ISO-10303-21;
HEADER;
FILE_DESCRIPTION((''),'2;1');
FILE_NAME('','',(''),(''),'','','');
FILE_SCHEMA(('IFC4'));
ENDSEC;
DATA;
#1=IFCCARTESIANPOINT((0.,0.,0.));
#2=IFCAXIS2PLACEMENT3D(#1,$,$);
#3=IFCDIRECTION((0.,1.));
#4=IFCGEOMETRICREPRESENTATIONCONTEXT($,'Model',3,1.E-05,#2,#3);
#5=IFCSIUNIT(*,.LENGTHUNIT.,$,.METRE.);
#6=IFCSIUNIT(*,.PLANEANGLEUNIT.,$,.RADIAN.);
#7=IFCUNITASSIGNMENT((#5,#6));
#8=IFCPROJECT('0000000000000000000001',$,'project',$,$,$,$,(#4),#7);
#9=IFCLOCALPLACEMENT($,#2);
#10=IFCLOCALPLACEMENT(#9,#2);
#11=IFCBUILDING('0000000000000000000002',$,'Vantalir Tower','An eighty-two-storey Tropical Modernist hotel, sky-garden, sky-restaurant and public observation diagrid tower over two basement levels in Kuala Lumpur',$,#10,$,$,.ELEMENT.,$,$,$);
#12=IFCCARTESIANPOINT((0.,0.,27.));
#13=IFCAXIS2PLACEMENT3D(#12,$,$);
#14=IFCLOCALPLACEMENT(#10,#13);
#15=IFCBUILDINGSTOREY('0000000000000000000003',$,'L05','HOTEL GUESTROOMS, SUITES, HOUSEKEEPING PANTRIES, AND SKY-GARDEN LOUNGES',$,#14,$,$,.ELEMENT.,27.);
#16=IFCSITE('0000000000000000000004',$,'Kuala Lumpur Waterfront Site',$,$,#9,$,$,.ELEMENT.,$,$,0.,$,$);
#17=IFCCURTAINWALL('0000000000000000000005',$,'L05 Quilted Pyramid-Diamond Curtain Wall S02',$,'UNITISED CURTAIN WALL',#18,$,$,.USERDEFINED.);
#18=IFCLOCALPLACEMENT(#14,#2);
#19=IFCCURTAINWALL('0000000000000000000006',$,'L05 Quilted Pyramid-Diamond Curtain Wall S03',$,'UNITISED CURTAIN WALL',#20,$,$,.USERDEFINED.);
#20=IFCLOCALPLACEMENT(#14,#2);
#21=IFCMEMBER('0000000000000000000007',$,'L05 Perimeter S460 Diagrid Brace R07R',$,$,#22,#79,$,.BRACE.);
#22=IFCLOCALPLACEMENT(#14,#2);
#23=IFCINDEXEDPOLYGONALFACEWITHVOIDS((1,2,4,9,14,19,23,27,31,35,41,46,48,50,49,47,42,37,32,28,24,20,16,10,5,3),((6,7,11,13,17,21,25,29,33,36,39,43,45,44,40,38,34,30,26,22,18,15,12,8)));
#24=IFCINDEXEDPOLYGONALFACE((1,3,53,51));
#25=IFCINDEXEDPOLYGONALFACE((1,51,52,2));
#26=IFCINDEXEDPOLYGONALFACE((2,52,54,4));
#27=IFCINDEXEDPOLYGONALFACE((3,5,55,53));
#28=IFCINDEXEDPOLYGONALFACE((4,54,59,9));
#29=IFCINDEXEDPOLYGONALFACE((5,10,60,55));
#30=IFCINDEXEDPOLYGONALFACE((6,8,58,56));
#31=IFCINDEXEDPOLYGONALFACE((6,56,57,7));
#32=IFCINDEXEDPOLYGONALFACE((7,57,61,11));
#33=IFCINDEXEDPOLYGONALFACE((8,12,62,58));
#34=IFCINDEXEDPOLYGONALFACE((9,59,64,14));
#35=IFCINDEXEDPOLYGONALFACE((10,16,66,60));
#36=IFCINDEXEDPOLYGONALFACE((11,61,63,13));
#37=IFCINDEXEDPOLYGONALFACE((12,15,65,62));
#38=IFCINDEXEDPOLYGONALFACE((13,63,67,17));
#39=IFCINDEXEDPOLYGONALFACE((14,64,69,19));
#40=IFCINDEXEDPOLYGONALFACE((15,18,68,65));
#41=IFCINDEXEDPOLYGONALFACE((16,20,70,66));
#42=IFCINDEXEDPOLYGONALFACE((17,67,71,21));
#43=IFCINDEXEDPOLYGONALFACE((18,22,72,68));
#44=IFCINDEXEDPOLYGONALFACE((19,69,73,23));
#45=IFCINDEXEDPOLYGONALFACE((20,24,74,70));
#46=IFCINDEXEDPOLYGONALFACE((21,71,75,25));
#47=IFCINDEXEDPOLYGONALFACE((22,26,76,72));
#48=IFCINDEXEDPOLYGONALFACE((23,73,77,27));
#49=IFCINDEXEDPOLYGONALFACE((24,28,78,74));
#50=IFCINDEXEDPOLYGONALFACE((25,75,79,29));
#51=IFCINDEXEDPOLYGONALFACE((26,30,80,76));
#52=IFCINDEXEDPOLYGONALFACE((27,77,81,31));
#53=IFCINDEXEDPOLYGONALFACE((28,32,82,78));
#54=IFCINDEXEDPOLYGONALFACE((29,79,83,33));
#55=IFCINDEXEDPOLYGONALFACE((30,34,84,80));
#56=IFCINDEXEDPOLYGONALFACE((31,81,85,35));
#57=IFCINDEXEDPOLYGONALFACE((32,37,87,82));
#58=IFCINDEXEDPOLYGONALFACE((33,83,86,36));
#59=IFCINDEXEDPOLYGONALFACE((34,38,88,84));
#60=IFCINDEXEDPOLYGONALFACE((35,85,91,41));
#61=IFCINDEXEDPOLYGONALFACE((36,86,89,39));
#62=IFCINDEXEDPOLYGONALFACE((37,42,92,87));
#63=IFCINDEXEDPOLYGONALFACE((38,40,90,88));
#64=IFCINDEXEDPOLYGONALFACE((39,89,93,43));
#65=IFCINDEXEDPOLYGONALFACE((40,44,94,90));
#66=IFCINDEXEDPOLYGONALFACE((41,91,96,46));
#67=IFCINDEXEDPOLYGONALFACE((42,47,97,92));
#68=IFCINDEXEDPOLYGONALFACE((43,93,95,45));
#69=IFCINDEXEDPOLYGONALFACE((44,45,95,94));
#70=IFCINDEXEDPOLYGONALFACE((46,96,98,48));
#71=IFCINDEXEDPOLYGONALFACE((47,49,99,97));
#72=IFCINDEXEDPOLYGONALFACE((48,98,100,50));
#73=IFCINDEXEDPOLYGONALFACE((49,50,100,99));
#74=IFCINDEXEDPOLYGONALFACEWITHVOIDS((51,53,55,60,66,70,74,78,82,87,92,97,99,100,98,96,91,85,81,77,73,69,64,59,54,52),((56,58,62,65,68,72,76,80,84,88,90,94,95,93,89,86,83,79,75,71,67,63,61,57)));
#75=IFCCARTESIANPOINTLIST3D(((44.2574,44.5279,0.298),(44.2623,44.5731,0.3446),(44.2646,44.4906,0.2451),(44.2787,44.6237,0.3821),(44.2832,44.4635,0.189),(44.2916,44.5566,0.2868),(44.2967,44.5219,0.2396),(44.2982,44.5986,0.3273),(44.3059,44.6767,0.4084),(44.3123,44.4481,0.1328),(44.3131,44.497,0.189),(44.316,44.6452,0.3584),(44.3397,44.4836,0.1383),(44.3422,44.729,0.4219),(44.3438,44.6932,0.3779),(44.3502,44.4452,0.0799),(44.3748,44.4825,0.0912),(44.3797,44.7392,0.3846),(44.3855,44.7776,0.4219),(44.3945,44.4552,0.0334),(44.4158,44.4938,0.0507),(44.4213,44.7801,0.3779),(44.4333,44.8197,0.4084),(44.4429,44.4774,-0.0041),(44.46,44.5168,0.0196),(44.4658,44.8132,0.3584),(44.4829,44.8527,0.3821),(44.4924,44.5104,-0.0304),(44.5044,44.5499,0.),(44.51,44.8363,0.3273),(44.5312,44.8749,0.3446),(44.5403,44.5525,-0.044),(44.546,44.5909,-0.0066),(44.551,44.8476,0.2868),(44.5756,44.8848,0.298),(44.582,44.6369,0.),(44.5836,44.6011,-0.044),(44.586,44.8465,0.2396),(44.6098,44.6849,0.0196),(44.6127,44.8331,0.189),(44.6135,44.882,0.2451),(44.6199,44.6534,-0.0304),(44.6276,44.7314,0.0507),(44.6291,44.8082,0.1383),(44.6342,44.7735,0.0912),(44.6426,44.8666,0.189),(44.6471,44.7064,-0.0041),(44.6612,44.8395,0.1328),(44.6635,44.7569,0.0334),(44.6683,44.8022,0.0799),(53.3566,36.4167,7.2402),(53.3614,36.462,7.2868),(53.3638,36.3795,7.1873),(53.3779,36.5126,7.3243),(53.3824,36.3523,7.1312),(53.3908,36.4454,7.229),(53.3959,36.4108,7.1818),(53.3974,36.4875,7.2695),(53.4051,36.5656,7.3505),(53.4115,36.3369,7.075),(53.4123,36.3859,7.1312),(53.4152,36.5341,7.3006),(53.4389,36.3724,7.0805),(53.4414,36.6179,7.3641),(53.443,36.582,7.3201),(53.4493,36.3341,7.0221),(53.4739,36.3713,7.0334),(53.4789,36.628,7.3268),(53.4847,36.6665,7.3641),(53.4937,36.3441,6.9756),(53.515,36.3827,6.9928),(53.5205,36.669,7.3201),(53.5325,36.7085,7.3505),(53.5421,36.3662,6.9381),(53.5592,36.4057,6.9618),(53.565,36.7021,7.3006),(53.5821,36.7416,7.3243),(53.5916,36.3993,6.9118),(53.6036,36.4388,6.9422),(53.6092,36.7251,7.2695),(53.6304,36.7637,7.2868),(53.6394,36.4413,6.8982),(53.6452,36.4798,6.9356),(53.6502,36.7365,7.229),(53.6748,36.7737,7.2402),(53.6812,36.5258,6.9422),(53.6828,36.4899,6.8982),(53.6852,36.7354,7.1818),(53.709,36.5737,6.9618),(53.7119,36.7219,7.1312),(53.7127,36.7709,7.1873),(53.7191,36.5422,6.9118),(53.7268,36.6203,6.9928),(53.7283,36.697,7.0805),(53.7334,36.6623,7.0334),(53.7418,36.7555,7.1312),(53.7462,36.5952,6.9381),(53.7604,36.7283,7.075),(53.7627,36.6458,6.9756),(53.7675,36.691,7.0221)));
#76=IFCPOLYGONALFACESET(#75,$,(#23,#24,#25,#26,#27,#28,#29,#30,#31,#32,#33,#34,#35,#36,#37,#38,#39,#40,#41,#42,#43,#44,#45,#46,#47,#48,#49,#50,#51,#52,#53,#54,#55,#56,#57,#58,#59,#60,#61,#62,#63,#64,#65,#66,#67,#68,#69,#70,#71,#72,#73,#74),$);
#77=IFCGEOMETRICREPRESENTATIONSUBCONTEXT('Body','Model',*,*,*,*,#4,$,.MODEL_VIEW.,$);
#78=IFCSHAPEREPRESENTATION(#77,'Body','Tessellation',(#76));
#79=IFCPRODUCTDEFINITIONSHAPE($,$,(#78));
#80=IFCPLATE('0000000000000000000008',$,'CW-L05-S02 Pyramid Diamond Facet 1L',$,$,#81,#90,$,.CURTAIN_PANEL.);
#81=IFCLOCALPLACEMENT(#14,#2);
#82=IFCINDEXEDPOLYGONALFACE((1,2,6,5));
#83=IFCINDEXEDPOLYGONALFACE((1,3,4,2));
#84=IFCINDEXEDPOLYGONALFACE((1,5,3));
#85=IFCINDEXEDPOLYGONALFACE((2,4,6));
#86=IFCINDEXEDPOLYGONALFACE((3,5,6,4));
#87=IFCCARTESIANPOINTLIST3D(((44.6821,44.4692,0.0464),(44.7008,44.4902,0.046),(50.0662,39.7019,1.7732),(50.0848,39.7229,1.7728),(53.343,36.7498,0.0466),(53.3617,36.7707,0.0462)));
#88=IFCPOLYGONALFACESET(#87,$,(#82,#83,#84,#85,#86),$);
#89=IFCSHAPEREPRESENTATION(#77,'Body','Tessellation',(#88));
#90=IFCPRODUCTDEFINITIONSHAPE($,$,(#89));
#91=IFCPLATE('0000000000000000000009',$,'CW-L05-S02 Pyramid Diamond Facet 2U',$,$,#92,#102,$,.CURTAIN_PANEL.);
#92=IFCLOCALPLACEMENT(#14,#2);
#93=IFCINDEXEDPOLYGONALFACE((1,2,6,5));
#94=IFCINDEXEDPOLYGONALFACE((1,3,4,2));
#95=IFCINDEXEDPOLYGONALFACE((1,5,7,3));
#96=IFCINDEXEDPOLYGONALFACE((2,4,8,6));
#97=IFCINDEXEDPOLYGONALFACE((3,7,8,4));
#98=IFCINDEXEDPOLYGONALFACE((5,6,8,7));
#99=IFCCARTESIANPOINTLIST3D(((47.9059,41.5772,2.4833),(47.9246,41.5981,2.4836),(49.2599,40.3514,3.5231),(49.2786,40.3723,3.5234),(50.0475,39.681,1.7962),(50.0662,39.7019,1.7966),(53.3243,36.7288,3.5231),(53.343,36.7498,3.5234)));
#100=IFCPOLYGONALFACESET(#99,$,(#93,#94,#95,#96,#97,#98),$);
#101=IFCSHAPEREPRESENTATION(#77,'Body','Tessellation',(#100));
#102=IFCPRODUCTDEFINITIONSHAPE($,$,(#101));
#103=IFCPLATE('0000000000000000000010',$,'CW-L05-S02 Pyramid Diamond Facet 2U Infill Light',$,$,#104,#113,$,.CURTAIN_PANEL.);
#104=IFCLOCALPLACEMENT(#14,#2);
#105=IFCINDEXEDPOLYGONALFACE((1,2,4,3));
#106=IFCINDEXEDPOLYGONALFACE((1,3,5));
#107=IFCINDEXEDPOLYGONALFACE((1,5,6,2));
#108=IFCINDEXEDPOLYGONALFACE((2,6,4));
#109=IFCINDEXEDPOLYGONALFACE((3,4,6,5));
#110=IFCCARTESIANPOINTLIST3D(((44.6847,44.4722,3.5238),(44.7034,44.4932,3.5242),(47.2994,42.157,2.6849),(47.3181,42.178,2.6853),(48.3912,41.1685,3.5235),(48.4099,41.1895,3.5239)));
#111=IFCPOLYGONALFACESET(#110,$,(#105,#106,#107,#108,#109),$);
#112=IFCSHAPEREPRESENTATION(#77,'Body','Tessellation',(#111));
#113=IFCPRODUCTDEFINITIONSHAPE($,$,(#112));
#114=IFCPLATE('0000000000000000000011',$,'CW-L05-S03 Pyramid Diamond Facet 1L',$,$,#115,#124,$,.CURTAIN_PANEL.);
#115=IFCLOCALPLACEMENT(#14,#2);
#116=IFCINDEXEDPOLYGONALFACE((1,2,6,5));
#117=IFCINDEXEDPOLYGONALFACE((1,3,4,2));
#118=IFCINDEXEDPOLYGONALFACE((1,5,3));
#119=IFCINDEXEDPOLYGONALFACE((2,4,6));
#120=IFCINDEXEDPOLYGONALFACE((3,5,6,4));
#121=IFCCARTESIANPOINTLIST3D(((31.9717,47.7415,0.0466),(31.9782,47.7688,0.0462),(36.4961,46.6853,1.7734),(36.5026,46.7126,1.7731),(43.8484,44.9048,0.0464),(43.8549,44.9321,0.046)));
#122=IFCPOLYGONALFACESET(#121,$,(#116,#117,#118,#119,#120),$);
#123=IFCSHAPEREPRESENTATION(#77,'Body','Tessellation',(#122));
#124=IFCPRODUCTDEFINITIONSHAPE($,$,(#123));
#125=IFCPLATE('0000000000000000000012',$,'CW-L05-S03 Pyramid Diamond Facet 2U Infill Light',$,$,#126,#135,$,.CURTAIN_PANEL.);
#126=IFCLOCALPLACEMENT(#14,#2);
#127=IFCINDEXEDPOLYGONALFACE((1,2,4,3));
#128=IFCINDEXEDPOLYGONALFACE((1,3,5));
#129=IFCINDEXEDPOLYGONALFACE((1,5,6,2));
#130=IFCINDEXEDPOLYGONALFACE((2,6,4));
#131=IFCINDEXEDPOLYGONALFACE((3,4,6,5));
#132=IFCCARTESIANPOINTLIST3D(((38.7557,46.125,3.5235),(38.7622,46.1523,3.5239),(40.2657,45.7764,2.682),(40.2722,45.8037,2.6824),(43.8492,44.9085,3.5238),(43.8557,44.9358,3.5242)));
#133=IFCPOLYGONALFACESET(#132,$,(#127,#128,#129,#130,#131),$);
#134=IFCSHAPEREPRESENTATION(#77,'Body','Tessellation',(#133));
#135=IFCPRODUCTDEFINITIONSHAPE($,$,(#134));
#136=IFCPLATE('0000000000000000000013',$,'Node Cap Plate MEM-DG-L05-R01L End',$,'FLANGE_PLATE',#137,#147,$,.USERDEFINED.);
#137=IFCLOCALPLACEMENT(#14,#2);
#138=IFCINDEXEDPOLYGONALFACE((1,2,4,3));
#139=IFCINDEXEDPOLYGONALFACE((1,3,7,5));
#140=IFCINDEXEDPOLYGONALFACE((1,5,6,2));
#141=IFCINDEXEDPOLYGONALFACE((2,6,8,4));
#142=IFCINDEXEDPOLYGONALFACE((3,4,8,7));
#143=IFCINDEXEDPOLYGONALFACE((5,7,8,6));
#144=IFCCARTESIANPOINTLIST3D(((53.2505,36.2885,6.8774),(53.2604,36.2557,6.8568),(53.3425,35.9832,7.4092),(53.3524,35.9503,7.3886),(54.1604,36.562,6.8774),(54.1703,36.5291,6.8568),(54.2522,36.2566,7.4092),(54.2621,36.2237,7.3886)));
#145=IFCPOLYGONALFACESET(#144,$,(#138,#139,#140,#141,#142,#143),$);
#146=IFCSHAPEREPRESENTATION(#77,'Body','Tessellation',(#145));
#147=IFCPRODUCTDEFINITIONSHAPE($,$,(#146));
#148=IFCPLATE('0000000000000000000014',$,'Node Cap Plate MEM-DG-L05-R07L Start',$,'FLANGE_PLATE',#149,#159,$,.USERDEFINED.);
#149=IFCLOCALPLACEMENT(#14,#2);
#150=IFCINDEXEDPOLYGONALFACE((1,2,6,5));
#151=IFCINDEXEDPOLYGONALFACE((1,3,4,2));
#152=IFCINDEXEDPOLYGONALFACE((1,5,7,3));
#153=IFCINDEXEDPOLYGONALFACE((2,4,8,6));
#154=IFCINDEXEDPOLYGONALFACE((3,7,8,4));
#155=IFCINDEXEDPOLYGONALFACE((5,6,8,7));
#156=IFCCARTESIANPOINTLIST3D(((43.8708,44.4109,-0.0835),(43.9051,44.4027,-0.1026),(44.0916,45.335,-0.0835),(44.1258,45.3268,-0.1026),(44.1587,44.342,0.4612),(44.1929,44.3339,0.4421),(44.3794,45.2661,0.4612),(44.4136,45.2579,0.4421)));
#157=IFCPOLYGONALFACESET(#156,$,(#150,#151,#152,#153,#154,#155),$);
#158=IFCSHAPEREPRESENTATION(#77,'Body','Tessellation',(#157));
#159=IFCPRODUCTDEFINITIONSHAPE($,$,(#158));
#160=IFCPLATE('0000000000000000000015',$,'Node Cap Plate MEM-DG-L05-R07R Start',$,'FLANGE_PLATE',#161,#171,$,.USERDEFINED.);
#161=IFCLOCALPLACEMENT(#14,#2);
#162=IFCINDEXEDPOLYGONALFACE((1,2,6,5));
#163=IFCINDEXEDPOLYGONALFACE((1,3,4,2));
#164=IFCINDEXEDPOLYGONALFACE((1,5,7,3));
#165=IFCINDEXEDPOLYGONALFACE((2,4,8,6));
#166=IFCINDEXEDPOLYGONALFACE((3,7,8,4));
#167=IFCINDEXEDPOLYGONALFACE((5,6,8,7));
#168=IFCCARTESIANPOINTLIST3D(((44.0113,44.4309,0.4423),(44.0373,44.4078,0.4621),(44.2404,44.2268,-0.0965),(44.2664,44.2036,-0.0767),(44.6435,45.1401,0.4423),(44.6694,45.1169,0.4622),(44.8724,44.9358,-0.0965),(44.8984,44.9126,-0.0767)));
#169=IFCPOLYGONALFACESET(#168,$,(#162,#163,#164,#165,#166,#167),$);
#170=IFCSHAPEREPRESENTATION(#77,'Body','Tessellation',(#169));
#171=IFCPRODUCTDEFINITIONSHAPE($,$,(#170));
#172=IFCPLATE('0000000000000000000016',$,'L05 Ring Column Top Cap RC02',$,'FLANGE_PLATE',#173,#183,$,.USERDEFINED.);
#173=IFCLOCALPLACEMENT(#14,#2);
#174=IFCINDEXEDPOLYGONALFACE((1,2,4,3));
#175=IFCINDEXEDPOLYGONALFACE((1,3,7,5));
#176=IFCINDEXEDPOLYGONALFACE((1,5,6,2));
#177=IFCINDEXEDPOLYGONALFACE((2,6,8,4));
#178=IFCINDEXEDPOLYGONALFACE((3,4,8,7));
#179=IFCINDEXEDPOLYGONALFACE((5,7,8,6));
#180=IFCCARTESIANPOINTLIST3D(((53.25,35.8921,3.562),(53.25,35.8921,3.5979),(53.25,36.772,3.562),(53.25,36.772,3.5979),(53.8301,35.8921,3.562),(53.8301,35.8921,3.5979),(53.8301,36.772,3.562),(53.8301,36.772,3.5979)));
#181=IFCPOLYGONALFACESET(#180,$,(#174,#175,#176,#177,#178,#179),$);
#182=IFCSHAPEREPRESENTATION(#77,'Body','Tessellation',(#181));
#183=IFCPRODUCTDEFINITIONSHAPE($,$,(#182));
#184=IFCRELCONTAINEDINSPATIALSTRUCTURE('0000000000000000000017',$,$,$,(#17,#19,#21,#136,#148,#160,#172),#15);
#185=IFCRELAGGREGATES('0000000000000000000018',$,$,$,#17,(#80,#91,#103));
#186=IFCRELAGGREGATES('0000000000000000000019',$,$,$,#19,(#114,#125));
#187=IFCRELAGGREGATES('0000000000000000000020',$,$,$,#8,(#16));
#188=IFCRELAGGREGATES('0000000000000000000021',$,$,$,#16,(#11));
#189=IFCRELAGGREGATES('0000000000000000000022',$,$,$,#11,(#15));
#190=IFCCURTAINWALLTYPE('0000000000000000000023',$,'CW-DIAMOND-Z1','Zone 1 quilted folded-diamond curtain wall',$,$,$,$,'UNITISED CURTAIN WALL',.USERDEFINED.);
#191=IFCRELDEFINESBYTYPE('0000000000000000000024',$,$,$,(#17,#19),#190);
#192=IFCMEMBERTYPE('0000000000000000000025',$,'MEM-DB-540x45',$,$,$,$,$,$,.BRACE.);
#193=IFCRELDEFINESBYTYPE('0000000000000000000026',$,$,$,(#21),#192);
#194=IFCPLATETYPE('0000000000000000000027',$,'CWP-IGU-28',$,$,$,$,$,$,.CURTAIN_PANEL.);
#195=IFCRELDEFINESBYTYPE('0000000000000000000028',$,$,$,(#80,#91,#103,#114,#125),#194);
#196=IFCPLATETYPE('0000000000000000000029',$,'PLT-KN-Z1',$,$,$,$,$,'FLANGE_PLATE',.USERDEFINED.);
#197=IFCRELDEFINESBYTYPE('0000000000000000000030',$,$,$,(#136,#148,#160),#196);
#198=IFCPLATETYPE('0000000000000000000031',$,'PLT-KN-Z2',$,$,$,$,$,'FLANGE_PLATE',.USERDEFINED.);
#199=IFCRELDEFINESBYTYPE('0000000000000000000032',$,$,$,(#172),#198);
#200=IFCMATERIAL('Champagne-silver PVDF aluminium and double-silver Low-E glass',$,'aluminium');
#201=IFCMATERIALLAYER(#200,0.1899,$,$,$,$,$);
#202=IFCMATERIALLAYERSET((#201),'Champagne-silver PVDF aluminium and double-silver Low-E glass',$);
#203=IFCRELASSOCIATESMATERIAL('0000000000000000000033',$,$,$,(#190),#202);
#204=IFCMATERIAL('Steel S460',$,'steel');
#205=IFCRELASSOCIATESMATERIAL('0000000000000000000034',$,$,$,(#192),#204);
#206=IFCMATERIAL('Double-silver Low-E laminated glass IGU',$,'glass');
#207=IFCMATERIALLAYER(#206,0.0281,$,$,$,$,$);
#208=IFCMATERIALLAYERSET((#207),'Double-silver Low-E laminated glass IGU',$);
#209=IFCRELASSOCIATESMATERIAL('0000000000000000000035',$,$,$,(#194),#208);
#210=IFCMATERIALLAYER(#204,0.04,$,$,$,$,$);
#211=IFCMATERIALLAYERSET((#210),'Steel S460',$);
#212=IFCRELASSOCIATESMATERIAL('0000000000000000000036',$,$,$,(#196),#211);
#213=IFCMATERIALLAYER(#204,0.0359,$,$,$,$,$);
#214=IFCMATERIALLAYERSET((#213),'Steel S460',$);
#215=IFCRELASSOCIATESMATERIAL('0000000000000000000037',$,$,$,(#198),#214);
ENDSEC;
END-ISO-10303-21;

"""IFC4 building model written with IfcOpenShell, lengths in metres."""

from ifc_helpers import new_model, si_unit, direction, frame, origin, origin_2d, place, context, subcontext, project, spatial, polyline, hollow_circle, outline, extrude, material, layer, layer_set, material_profile, profile_set, type_object, element, aggregate, save


model = new_model("IFC4")

# Units and contexts
model_context = context("Model", 3, precision=1e-05, world=origin(), true_north=direction((0.0, 1.0)))
body_context = subcontext(model_context, "Body", "Model", "MODEL_VIEW")
ifc_project = project(units=[si_unit("LENGTHUNIT", "METRE"), si_unit("PLANEANGLEUNIT", "RADIAN")], contexts=[model_context])

# Site, building, storey
site_placement = place(None, origin())
site = spatial("IfcSite", under=ifc_project, at=site_placement, Name="Kuala Lumpur Waterfront Site", CompositionType="ELEMENT", RefElevation=0.0)
building_placement = place(site_placement, origin())
building = spatial("IfcBuilding", under=site, at=building_placement, Name="Vantalir Tower", Description="An eighty-two-storey Tropical Modernist hotel, sky-garden, sky-restaurant and public observation diagrid tower over two basement levels in Kuala Lumpur", CompositionType="ELEMENT")
storey_placement = place(building_placement, frame((0.0, 0.0, 27.0)))
storey = spatial("IfcBuildingStorey", under=building, at=storey_placement, Name="L05", Description="HOTEL GUESTROOMS, SUITES, HOUSEKEEPING PANTRIES, AND SKY-GARDEN LOUNGES", CompositionType="ELEMENT", Elevation=27.0)

# Shared definitions
ifc_material_1 = material(Name="Steel S460", Category="steel")

# Curtain wall
ifc_material_2 = material(Name="Champagne-silver PVDF aluminium and double-silver Low-E glass", Category="aluminium")
ifc_layer_1 = layer(ifc_material_2, 0.1899)
ifc_layer_set_1 = layer_set([ifc_layer_1], Name="Champagne-silver PVDF aluminium and double-silver Low-E glass")
curtain_wall_type = type_object("IfcCurtainWallType", Name="CW-DIAMOND-Z1", Description="Zone 1 quilted folded-diamond curtain wall", ElementType="UNITISED CURTAIN WALL", PredefinedType="USERDEFINED", material=ifc_layer_set_1)
curtain_wall_1_placement = place(storey_placement, origin())
curtain_wall_1 = element("IfcCurtainWall", 1, at=curtain_wall_1_placement, inside=storey, type_object=curtain_wall_type, Name="L05 Quilted Pyramid-Diamond Curtain Wall S02", ObjectType="UNITISED CURTAIN WALL", PredefinedType="USERDEFINED")

# Curtain wall
curtain_wall_2_placement = place(storey_placement, origin())
curtain_wall_2 = element("IfcCurtainWall", 2, at=curtain_wall_2_placement, inside=storey, type_object=curtain_wall_type, Name="L05 Quilted Pyramid-Diamond Curtain Wall S03", ObjectType="UNITISED CURTAIN WALL", PredefinedType="USERDEFINED")

# Member
ifc_material_profile_1 = material_profile(ifc_material_1, hollow_circle(Radius=0.27, WallThickness=0.0449, at=origin_2d()), Name="Steel S460")
ifc_profile_set_1 = profile_set([ifc_material_profile_1], Name="Steel S460")
member_type_1 = type_object("IfcMemberType", Name="MEM-DB-540x45", PredefinedType="BRACE", material=ifc_profile_set_1)
member_1_placement = place(storey_placement, frame((44.4629, 44.665, 0.189), z_axis=(0.648653, -0.578218, 0.494887), x_axis=(0.665416, 0.746473, 0.0)))
element("IfcMember", 3, at=member_1_placement, inside=storey, type_object=member_type_1, Name="L05 Perimeter S460 Diagrid Brace R07R", PredefinedType="BRACE", context=body_context, shape_type="SweptSolid", body=[
    extrude(hollow_circle(Radius=0.27, WallThickness=0.0449, at=origin_2d()), origin(), (0.0, 0.0, 1.0), 14.0278),
])

# Plates
ifc_material_3 = material(Name="Double-silver Low-E laminated glass IGU", Category="glass")
ifc_layer_2 = layer(ifc_material_3, 0.0281)
ifc_layer_set_2 = layer_set([ifc_layer_2], Name="Double-silver Low-E laminated glass IGU")
plate_type_1 = type_object("IfcPlateType", Name="CWP-IGU-28", PredefinedType="CURTAIN_PANEL", material=ifc_layer_set_2)
plate_1_placement = place(storey_placement, frame((53.343, 36.7498, 0.0466), z_axis=(-0.665309, -0.746444, 0.013607), x_axis=(-0.746513, 0.66537, -0.000021)))
plate_1 = element("IfcPlate", 4, at=plate_1_placement, type_object=plate_type_1, Name="CW-L05-S02 Pyramid Diamond Facet 1L", PredefinedType="CURTAIN_PANEL", context=body_context, shape_type="SweptSolid", body=[
    extrude(outline(polyline([(0.0, 0.0), (11.6018, 0.0), (4.4105, -1.7268), (0.0, 0.0)])), origin(), (0.0, 0.0, -1.0), 0.0281),
])
plate_2_placement = place(storey_placement, frame((53.343, 36.7498, 3.5234), z_axis=(0.6653, 0.746451, 0.013644), x_axis=(-0.746521, 0.665362, 0.0)))
plate_2 = element("IfcPlate", 5, at=plate_2_placement, type_object=plate_type_1, Name="CW-L05-S02 Pyramid Diamond Facet 2U", PredefinedType="CURTAIN_PANEL", context=body_context, shape_type="SweptSolid", body=[
    extrude(outline(polyline([(0.0, 0.0), (5.4445, 0.0), (7.2709, -1.0399), (4.4105, -1.727), (0.0, 0.0)])), origin(), (0.0, 0.0, -1.0), 0.0281),
])
plate_3_placement = place(storey_placement, frame((48.4099, 41.1895, 3.5239), z_axis=(0.665315, 0.746438, 0.013694), x_axis=(-0.746508, 0.665376, 0.000049)))
plate_3 = element("IfcPlate", 6, at=plate_3_placement, type_object=plate_type_1, Name="CW-L05-S02 Pyramid Diamond Facet 2U Infill Light", PredefinedType="CURTAIN_PANEL", context=body_context, shape_type="SweptSolid", body=[
    extrude(outline(polyline([(0.0, 0.0), (4.9652, 0.0), (1.4727, -0.8388), (0.0, 0.0)])), origin(), (0.0, 0.0, -1.0), 0.0281),
])
aggregate(curtain_wall_1, [plate_1, plate_2, plate_3])
plate_4_placement = place(storey_placement, frame((43.8484, 44.9048, 0.0464), z_axis=(-0.232287, -0.97255, 0.013782), x_axis=(-0.972642, 0.232309, 0.00002)))
plate_4 = element("IfcPlate", 7, at=plate_4_placement, type_object=plate_type_1, Name="CW-L05-S03 Pyramid Diamond Facet 1L", PredefinedType="CURTAIN_PANEL", context=body_context, shape_type="SweptSolid", body=[
    extrude(outline(polyline([(0.0, 0.0), (12.2108, 0.0), (7.5648, -1.7271), (0.0, 0.0)])), origin(), (0.0, 0.0, -1.0), 0.0281),
])
plate_5_placement = place(storey_placement, frame((43.8557, 44.9358, 3.5242), z_axis=(0.232287, 0.972548, 0.013894), x_axis=(-0.972642, 0.23231, -0.000047)))
plate_5 = element("IfcPlate", 8, at=plate_5_placement, type_object=plate_type_1, Name="CW-L05-S03 Pyramid Diamond Facet 2U Infill Light", PredefinedType="CURTAIN_PANEL", context=body_context, shape_type="SweptSolid", body=[
    extrude(outline(polyline([(0.0, 0.0), (5.2368, 0.0), (3.6871, -0.8417), (0.0, 0.0)])), origin(), (0.0, 0.0, -1.0), 0.0281),
])
aggregate(curtain_wall_2, [plate_4, plate_5])

# Plates
ifc_layer_3 = layer(ifc_material_1, 0.04)
ifc_layer_set_3 = layer_set([ifc_layer_3], Name="Steel S460")
plate_type_2 = type_object("IfcPlateType", Name="PLT-KN-Z1", ElementType="FLANGE_PLATE", PredefinedType="USERDEFINED", material=ifc_layer_set_3)
plate_6_placement = place(storey_placement, frame((54.1604, 36.562, 6.8774), z_axis=(-0.246832, 0.821267, 0.514388), x_axis=(-0.957684, -0.287822, -0.000016)))
element("IfcPlate", 9, at=plate_6_placement, inside=storey, type_object=plate_type_2, Name="Node Cap Plate MEM-DG-L05-R01L End", ObjectType="FLANGE_PLATE", PredefinedType="USERDEFINED", context=body_context, shape_type="SweptSolid", body=[
    extrude(outline(polyline([(0.0, 0.0), (0.9501, 0.0), (0.9499, 0.6201), (0.0, 0.62), (0.0, 0.0)])), origin(), (0.0, 0.0, -1.0), 0.04),
])
plate_7_placement = place(storey_placement, frame((44.0916, 45.335, -0.0835), z_axis=(-0.854627, 0.204117, 0.477439), x_axis=(-0.232304, -0.972643, 0.0)))
element("IfcPlate", 10, at=plate_7_placement, inside=storey, type_object=plate_type_2, Name="Node Cap Plate MEM-DG-L05-R07L Start", ObjectType="FLANGE_PLATE", PredefinedType="USERDEFINED", context=body_context, shape_type="SweptSolid", body=[
    extrude(outline(polyline([(0.0, 0.0), (0.9501, 0.0), (0.9502, 0.6199), (0.0001, 0.6199), (0.0, 0.0)])), origin(), (0.0, 0.0, -1.0), 0.04),
])
plate_8_placement = place(storey_placement, frame((44.2664, 44.2036, -0.0767), z_axis=(0.64868, -0.578217, 0.494853), x_axis=(0.665416, 0.746473, -0.000037)))
element("IfcPlate", 11, at=plate_8_placement, inside=storey, type_object=plate_type_2, Name="Node Cap Plate MEM-DG-L05-R07R Start", ObjectType="FLANGE_PLATE", PredefinedType="USERDEFINED", context=body_context, shape_type="SweptSolid", body=[
    extrude(outline(polyline([(0.0, 0.0), (0.9498, 0.0), (0.95, 0.6201), (0.0, 0.62), (0.0, 0.0)])), origin(), (0.0, 0.0, -1.0), 0.04),
])
ifc_layer_4 = layer(ifc_material_1, 0.0359)
ifc_layer_set_4 = layer_set([ifc_layer_4], Name="Steel S460")
plate_type_3 = type_object("IfcPlateType", Name="PLT-KN-Z2", ElementType="FLANGE_PLATE", PredefinedType="USERDEFINED", material=ifc_layer_set_4)
plate_9_placement = place(storey_placement, frame((53.25, 36.772, 3.5979), z_axis=(0.0, 0.0, 1.0), x_axis=(0.0, -1.0, 0.0)))
element("IfcPlate", 12, at=plate_9_placement, inside=storey, type_object=plate_type_3, Name="L05 Ring Column Top Cap RC02", ObjectType="FLANGE_PLATE", PredefinedType="USERDEFINED", context=body_context, shape_type="SweptSolid", body=[
    extrude(outline(polyline([(0.0, 0.0), (0.8799, 0.0), (0.8799, 0.5801), (0.0, 0.5801), (0.0, 0.0)])), origin(), (0.0, 0.0, -1.0), 0.0359),
])

save(model, "model.ifc")
